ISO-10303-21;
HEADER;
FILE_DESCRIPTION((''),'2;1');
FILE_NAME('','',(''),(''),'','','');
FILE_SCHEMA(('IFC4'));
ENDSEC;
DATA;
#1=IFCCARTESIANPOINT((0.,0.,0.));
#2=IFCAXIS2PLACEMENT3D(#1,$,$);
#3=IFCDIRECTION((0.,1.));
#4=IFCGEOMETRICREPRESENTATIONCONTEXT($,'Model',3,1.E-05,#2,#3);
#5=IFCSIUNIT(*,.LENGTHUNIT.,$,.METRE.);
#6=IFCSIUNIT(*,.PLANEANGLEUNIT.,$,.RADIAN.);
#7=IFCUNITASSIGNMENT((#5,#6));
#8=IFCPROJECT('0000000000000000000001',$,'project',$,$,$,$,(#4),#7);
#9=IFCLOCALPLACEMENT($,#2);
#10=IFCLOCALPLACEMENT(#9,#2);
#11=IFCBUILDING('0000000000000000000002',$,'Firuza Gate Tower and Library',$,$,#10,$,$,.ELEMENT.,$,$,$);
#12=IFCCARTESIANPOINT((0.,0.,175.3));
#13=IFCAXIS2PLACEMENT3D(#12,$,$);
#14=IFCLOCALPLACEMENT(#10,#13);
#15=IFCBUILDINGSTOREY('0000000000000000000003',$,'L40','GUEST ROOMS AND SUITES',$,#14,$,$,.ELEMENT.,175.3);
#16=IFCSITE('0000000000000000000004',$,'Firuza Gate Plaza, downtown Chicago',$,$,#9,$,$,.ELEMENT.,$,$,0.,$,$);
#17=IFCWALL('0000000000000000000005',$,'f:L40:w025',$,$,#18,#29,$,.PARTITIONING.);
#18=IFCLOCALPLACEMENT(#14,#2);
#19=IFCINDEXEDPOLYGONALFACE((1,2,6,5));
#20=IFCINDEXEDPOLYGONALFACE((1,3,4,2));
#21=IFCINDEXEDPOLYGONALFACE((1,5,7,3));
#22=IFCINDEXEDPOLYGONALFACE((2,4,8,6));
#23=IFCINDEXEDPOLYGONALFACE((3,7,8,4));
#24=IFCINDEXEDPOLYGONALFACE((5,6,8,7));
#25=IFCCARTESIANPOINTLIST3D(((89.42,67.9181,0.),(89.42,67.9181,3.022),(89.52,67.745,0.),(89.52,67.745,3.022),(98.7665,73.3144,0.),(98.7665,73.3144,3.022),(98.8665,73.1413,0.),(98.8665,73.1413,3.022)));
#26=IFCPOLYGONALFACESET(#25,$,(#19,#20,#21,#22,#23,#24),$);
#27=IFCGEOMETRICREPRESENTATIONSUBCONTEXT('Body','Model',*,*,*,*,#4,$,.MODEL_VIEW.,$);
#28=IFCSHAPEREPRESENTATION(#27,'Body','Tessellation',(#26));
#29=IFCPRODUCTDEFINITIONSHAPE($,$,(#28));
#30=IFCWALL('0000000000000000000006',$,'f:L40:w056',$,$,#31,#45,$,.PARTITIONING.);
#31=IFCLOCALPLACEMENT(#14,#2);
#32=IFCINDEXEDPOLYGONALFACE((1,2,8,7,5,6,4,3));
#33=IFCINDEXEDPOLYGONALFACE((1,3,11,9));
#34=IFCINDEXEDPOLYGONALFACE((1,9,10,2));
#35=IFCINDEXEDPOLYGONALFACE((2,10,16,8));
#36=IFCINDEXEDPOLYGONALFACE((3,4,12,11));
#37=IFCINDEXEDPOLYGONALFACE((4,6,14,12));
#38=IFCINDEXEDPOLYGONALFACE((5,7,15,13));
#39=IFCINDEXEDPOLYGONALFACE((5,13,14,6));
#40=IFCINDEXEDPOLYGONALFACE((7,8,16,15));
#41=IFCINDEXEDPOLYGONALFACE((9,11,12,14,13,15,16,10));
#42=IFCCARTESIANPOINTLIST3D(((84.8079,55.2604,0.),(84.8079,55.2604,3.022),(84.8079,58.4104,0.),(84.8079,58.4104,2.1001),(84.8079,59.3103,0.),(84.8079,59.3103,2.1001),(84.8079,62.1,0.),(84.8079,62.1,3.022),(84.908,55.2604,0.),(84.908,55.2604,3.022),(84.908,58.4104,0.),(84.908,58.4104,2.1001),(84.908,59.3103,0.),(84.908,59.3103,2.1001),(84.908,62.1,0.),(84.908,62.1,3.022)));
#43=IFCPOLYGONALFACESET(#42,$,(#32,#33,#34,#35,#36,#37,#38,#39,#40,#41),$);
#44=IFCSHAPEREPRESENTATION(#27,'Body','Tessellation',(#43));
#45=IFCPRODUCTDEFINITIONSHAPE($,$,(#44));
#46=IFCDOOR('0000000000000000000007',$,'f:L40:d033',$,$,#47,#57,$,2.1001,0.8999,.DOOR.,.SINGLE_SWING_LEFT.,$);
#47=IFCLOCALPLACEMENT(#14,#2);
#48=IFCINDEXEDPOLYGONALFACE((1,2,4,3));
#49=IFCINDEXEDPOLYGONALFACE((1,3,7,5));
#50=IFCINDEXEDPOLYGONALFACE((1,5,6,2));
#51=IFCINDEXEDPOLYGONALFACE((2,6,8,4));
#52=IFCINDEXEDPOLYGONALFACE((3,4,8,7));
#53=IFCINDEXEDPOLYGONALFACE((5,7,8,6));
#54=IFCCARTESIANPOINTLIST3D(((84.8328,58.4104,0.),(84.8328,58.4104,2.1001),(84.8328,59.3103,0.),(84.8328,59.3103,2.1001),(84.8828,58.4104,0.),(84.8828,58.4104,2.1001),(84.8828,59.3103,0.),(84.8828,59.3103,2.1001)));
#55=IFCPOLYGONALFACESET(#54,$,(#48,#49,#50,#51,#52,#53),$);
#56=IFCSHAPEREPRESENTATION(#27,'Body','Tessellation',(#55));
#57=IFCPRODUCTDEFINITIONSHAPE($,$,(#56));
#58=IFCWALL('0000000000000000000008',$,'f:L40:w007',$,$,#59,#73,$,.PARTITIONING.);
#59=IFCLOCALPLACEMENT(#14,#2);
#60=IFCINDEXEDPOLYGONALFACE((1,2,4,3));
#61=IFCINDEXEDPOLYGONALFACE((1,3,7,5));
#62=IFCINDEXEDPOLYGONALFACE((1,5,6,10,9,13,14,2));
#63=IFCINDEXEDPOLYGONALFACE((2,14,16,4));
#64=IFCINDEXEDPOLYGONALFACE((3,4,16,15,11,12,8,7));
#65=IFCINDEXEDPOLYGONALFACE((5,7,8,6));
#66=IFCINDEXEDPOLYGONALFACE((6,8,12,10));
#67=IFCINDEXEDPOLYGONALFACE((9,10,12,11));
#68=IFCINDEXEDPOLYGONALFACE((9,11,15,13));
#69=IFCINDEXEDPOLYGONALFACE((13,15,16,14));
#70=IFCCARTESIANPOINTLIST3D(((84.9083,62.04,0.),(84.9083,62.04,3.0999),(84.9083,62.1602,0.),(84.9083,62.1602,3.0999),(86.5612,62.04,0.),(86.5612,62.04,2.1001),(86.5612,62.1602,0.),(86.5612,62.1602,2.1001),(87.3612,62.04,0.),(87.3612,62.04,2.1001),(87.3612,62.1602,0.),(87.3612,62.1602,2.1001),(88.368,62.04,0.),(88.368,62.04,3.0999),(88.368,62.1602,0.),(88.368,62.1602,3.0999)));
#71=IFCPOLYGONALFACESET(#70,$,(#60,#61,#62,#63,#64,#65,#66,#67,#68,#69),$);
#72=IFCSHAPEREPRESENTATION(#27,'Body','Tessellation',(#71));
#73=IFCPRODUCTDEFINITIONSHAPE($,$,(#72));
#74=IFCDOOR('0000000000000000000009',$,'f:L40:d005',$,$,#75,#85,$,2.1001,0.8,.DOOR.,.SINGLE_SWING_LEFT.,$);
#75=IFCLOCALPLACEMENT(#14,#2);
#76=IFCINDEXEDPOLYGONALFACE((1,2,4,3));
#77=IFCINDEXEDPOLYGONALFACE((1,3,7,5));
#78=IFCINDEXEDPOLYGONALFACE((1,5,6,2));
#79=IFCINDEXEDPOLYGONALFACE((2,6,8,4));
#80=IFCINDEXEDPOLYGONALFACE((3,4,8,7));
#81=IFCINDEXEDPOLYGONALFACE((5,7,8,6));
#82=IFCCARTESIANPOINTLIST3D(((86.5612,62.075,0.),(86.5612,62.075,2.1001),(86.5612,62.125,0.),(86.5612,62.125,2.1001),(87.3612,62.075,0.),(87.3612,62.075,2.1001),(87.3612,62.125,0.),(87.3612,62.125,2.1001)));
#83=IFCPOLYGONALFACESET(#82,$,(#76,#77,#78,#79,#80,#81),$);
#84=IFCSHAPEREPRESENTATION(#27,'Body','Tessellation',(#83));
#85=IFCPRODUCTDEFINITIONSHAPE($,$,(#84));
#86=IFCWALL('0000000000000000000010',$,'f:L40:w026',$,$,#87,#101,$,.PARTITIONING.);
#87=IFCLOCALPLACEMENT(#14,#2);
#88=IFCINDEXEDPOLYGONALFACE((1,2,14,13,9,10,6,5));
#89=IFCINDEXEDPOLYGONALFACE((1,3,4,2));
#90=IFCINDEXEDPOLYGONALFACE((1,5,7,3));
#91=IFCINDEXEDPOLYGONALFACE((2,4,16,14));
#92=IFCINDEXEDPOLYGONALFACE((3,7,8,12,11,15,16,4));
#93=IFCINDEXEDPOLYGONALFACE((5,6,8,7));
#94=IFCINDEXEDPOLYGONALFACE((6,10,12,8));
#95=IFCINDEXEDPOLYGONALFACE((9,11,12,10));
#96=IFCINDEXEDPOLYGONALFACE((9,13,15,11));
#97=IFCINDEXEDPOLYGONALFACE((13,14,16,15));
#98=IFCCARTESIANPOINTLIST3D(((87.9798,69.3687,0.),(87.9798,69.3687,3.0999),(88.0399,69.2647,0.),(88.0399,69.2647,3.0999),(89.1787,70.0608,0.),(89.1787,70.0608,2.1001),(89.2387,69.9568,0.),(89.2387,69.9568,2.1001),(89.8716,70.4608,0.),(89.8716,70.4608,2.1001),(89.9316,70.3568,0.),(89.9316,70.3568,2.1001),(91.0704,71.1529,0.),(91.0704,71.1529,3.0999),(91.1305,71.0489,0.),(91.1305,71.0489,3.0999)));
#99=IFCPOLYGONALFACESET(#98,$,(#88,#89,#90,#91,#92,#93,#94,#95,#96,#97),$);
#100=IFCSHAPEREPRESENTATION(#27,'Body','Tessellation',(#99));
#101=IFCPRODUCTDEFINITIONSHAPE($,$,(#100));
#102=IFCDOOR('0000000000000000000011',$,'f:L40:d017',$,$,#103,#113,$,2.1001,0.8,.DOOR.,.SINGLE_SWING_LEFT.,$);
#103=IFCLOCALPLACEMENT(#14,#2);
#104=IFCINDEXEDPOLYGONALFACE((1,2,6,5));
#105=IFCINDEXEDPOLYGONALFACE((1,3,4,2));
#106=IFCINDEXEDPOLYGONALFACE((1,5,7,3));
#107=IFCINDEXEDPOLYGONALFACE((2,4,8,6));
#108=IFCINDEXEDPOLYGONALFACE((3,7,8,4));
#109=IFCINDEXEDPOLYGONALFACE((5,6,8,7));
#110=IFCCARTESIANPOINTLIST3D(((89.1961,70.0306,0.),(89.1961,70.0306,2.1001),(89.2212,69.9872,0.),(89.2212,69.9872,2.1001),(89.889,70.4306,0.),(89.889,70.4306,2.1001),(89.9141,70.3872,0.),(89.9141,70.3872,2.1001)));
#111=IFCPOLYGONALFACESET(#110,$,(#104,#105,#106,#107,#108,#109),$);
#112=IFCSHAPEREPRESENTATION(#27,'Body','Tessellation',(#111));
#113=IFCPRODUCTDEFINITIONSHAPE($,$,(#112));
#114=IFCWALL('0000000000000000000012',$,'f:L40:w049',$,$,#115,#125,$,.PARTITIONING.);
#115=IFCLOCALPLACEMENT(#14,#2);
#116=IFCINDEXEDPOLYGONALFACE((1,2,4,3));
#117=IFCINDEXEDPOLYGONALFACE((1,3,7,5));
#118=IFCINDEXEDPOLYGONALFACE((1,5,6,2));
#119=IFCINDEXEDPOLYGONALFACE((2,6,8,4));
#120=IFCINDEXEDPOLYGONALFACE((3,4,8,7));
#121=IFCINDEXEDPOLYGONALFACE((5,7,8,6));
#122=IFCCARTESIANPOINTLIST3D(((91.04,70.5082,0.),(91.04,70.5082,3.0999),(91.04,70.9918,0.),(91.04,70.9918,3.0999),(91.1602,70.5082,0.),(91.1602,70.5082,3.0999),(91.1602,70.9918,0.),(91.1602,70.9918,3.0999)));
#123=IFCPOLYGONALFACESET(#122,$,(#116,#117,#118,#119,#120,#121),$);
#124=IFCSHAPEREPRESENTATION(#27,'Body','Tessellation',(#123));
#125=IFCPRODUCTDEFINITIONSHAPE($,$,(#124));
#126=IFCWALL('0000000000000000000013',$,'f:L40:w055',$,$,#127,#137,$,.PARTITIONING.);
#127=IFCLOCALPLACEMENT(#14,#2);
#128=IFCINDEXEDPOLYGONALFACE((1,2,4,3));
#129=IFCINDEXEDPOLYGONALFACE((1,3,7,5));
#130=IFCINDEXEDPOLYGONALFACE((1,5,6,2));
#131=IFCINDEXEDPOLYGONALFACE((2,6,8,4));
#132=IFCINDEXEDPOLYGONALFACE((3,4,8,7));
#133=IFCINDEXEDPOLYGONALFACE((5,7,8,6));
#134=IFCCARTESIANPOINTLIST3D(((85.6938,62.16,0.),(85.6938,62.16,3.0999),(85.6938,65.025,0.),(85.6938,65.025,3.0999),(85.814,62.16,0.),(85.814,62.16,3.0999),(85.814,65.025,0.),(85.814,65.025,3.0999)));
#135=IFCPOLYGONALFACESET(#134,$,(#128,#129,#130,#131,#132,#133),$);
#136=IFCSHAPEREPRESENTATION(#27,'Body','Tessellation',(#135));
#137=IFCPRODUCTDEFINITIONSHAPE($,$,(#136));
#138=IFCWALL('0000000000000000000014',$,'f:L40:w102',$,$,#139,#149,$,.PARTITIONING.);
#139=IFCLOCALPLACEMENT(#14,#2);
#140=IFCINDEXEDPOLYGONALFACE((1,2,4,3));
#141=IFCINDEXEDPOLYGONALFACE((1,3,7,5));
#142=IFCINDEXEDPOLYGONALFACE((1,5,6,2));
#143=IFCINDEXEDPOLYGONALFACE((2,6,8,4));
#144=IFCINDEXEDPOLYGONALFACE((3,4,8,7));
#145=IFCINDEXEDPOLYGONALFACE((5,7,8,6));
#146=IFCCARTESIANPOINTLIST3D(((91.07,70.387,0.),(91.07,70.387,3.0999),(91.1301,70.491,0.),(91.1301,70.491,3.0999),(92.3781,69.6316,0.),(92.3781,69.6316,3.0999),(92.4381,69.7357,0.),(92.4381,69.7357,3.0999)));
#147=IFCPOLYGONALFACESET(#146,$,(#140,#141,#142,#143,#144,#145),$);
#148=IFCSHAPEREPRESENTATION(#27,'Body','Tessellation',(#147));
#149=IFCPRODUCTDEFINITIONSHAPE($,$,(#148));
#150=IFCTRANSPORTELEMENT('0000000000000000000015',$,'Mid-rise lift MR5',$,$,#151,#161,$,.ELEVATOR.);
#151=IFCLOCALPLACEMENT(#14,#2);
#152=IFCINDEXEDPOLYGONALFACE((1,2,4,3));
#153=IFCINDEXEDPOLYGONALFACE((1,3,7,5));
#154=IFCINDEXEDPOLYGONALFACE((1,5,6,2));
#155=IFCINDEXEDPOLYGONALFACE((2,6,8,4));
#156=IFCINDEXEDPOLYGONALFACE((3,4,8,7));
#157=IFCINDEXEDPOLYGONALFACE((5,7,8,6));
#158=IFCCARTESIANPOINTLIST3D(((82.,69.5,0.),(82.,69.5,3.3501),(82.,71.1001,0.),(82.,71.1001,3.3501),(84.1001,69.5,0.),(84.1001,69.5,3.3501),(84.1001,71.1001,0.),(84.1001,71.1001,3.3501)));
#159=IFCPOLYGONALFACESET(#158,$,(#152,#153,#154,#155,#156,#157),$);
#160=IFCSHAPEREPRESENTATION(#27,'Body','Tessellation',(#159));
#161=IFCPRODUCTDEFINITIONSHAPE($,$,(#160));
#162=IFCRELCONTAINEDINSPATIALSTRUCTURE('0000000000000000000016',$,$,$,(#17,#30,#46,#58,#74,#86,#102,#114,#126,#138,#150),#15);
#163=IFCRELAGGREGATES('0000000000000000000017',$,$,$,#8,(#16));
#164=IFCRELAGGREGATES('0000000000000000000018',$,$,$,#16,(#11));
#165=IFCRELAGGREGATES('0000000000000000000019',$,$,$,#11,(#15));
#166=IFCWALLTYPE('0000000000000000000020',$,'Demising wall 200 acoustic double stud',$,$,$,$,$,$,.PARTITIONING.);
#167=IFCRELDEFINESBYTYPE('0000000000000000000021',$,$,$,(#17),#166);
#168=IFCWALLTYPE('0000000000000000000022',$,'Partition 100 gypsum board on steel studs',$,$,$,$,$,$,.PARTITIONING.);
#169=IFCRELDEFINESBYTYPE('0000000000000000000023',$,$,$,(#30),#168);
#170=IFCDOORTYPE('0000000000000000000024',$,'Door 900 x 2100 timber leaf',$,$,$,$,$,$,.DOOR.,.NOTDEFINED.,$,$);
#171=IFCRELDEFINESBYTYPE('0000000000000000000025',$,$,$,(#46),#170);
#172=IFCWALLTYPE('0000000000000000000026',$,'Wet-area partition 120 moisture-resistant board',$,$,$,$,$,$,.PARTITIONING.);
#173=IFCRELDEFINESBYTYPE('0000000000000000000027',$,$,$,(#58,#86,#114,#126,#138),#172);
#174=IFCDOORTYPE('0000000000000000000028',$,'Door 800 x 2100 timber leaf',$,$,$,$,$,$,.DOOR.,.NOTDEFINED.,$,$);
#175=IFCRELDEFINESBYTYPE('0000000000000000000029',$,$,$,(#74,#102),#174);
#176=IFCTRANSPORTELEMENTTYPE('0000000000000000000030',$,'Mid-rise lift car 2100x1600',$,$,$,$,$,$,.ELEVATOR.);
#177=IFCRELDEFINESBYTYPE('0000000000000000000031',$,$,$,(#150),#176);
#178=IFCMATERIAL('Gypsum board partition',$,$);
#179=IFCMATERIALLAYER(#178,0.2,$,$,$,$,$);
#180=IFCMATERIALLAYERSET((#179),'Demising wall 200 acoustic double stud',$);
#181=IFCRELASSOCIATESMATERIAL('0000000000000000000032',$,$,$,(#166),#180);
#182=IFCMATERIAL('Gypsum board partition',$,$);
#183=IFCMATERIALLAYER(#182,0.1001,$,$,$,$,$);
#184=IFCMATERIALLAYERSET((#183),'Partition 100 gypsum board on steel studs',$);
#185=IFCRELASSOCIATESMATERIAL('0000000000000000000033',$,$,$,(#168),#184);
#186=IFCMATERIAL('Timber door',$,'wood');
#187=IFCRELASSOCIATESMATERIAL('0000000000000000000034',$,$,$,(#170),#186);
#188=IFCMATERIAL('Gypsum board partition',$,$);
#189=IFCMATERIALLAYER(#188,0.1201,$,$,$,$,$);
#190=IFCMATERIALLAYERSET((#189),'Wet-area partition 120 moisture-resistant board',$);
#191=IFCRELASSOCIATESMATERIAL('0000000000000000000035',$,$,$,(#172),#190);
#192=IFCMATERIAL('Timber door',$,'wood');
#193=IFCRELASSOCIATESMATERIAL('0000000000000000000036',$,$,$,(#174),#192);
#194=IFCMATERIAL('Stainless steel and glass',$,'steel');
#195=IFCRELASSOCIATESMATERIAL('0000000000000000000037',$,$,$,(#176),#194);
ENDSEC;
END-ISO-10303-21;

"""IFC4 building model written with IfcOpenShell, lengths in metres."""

from ifc_helpers import new_model, si_unit, direction, frame, frame_2d, origin, origin_2d, place, context, subcontext, project, spatial, rectangle, extrude, material, layer, layer_set, type_object, element, fill, save


model = new_model("IFC4")

# Units and contexts
model_context = context("Model", 3, precision=1e-05, world=origin(), true_north=direction((0.0, 1.0)))
body_context = subcontext(model_context, "Body", "Model", "MODEL_VIEW")
ifc_project = project(units=[si_unit("LENGTHUNIT", "METRE"), si_unit("PLANEANGLEUNIT", "RADIAN")], contexts=[model_context])

# Site, building, storey
site_placement = place(None, origin())
site = spatial("IfcSite", under=ifc_project, at=site_placement, Name="Firuza Gate Plaza, downtown Chicago", CompositionType="ELEMENT", RefElevation=0.0)
building_placement = place(site_placement, origin())
building = spatial("IfcBuilding", under=site, at=building_placement, Name="Firuza Gate Tower and Library", CompositionType="ELEMENT")
storey_placement = place(building_placement, frame((0.0, 0.0, 175.3)))
storey = spatial("IfcBuildingStorey", under=building, at=storey_placement, Name="L40", Description="GUEST ROOMS AND SUITES", CompositionType="ELEMENT", Elevation=175.3)

# Wall
ifc_material_1 = material(Name="Gypsum board partition")
ifc_layer_1 = layer(ifc_material_1, 0.2)
ifc_layer_set_1 = layer_set([ifc_layer_1], Name="Demising wall 200 acoustic double stud")
wall_type_1 = type_object("IfcWallType", Name="Demising wall 200 acoustic double stud", PredefinedType="PARTITIONING", material=ifc_layer_set_1)
wall_1_placement = place(storey_placement, frame((89.47, 67.8315, 0.0), z_axis=(0.0, 0.0, 1.0), x_axis=(0.866022, 0.500005, 0.0)))
element("IfcWall", 1, at=wall_1_placement, inside=storey, type_object=wall_type_1, Name="f:L40:w025", PredefinedType="PARTITIONING", context=body_context, shape_type="SweptSolid", body=[
    extrude(rectangle(XDim=10.7925, YDim=0.2, at=frame_2d((5.3962, 0.0))), origin(), (0.0, 0.0, 1.0), 3.022),
])

# Walls, openings, doors
ifc_material_2 = material(Name="Gypsum board partition")
ifc_layer_2 = layer(ifc_material_2, 0.1001)
ifc_layer_set_2 = layer_set([ifc_layer_2], Name="Partition 100 gypsum board on steel studs")
wall_type_2 = type_object("IfcWallType", Name="Partition 100 gypsum board on steel studs", PredefinedType="PARTITIONING", material=ifc_layer_set_2)
wall_2_placement = place(storey_placement, frame((84.8579, 62.1001, 0.0), z_axis=(0.0, 0.0, 1.0), x_axis=(0.0, -1.0, 0.0)))
wall_2 = element("IfcWall", 2, at=wall_2_placement, inside=storey, type_object=wall_type_2, Name="f:L40:w056", PredefinedType="PARTITIONING", context=body_context, shape_type="SweptSolid", body=[
    extrude(rectangle(XDim=6.8396, YDim=0.1001, at=frame_2d((3.4199, 0.0))), origin(), (0.0, 0.0, 1.0), 3.022),
])
opening_1_placement = place(wall_2_placement, frame((2.7898, 0.0, 0.0)))
opening_1 = element("IfcOpeningElement", 3, at=opening_1_placement, cuts=wall_2, PredefinedType="OPENING", context=body_context, shape_type="SweptSolid", body=[
    extrude(rectangle(XDim=0.8999, YDim=2.1001, at=frame_2d((0.45, 1.05))), frame((0.0, 0.0601, 0.0), z_axis=(0.0, -1.0, 0.0), x_axis=(1.0, 0.0, 0.0)), (0.0, 0.0, 1.0), 0.1201),
])
ifc_material_3 = material(Name="Timber door", Category="wood")
door_type_1 = type_object("IfcDoorType", Name="Door 900 x 2100 timber leaf", OperationType="NOTDEFINED", PredefinedType="DOOR", material=ifc_material_3)
door_1_placement = place(opening_1_placement, origin())
door_1 = element("IfcDoor", 4, at=door_1_placement, inside=storey, type_object=door_type_1, Name="f:L40:d033", OperationType="SINGLE_SWING_LEFT", OverallHeight=2.1001, OverallWidth=0.8999, PredefinedType="DOOR", context=body_context, shape_type="SweptSolid", body=[
    extrude(rectangle(XDim=0.8999, YDim=2.1001, at=frame_2d((0.45, 1.05))), frame((0.0, 0.0249, 0.0), z_axis=(0.0, -1.0, 0.0), x_axis=(1.0, 0.0, 0.0)), (0.0, 0.0, 1.0), 0.05),
])
fill(opening_1, door_1)
ifc_material_4 = material(Name="Gypsum board partition")
ifc_layer_3 = layer(ifc_material_4, 0.1201)
ifc_layer_set_3 = layer_set([ifc_layer_3], Name="Wet-area partition 120 moisture-resistant board")
wall_type_3 = type_object("IfcWallType", Name="Wet-area partition 120 moisture-resistant board", PredefinedType="PARTITIONING", material=ifc_layer_set_3)
wall_3_placement = place(storey_placement, frame((84.9082, 62.1001, 0.0), z_axis=(0.0, 0.0, 1.0), x_axis=(1.0, 0.0, 0.0)))
wall_3 = element("IfcWall", 5, at=wall_3_placement, inside=storey, type_object=wall_type_3, Name="f:L40:w007", PredefinedType="PARTITIONING", context=body_context, shape_type="SweptSolid", body=[
    extrude(rectangle(XDim=3.4597, YDim=0.1201, at=frame_2d((1.73, 0.0))), origin(), (0.0, 0.0, 1.0), 3.0999),
])
opening_2_placement = place(wall_3_placement, frame((1.6531, 0.0, 0.0)))
opening_2 = element("IfcOpeningElement", 6, at=opening_2_placement, cuts=wall_3, PredefinedType="OPENING", context=body_context, shape_type="SweptSolid", body=[
    extrude(rectangle(XDim=0.8, YDim=2.1001, at=frame_2d((0.3999, 1.05))), frame((0.0, 0.0701, 0.0), z_axis=(0.0, -1.0, 0.0), x_axis=(1.0, 0.0, 0.0)), (0.0, 0.0, 1.0), 0.1401),
])
ifc_material_5 = material(Name="Timber door", Category="wood")
door_type_2 = type_object("IfcDoorType", Name="Door 800 x 2100 timber leaf", OperationType="NOTDEFINED", PredefinedType="DOOR", material=ifc_material_5)
door_2_placement = place(opening_2_placement, origin())
door_2 = element("IfcDoor", 7, at=door_2_placement, inside=storey, type_object=door_type_2, Name="f:L40:d005", OperationType="SINGLE_SWING_LEFT", OverallHeight=2.1001, OverallWidth=0.8, PredefinedType="DOOR", context=body_context, shape_type="SweptSolid", body=[
    extrude(rectangle(XDim=0.8, YDim=2.1001, at=frame_2d((0.3999, 1.05))), frame((0.0, 0.0249, 0.0), z_axis=(0.0, -1.0, 0.0), x_axis=(1.0, 0.0, 0.0)), (0.0, 0.0, 1.0), 0.05),
])
fill(opening_2, door_2)
wall_4_placement = place(storey_placement, frame((91.1003, 71.1008, 0.0), z_axis=(0.0, 0.0, 1.0), x_axis=(-0.866045, -0.499965, 0.0)))
wall_4 = element("IfcWall", 8, at=wall_4_placement, inside=storey, type_object=wall_type_3, Name="f:L40:w026", PredefinedType="PARTITIONING", context=body_context, shape_type="SweptSolid", body=[
    extrude(rectangle(XDim=3.5686, YDim=0.1201, at=frame_2d((1.7842, 0.0))), origin(), (0.0, 0.0, 1.0), 3.0999),
])
opening_3_placement = place(wall_4_placement, frame((1.3843, 0.0, 0.0)))
opening_3 = element("IfcOpeningElement", 9, at=opening_3_placement, cuts=wall_4, PredefinedType="OPENING", context=body_context, shape_type="SweptSolid", body=[
    extrude(rectangle(XDim=0.8, YDim=2.1001, at=frame_2d((0.3999, 1.05))), frame((0.0, 0.0701, 0.0), z_axis=(0.0, -1.0, 0.0), x_axis=(1.0, 0.0, 0.0)), (0.0, 0.0, 1.0), 0.1401),
])
door_3_placement = place(opening_3_placement, origin())
door_3 = element("IfcDoor", 10, at=door_3_placement, inside=storey, type_object=door_type_2, Name="f:L40:d017", OperationType="SINGLE_SWING_LEFT", OverallHeight=2.1001, OverallWidth=0.8, PredefinedType="DOOR", context=body_context, shape_type="SweptSolid", body=[
    extrude(rectangle(XDim=0.8, YDim=2.1001, at=frame_2d((0.3999, 1.05))), frame((0.0, 0.0249, 0.0), z_axis=(0.0, -1.0, 0.0), x_axis=(1.0, 0.0, 0.0)), (0.0, 0.0, 1.0), 0.05),
])
fill(opening_3, door_3)

# Walls
wall_5_placement = place(storey_placement, frame((91.1001, 70.5083, 0.0), z_axis=(0.0, 0.0, 1.0), x_axis=(0.0, 1.0, 0.0)))
element("IfcWall", 11, at=wall_5_placement, inside=storey, type_object=wall_type_3, Name="f:L40:w049", PredefinedType="PARTITIONING", context=body_context, shape_type="SweptSolid", body=[
    extrude(rectangle(XDim=0.4836, YDim=0.1201, at=frame_2d((0.2417, 0.0))), origin(), (0.0, 0.0, 1.0), 3.0999),
])
wall_6_placement = place(storey_placement, frame((85.7539, 62.1599, 0.0), z_axis=(0.0, 0.0, 1.0), x_axis=(0.0, 1.0, 0.0)))
element("IfcWall", 12, at=wall_6_placement, inside=storey, type_object=wall_type_3, Name="f:L40:w055", PredefinedType="PARTITIONING", context=body_context, shape_type="SweptSolid", body=[
    extrude(rectangle(XDim=2.865, YDim=0.1201, at=frame_2d((1.4326, 0.0))), origin(), (0.0, 0.0, 1.0), 3.0999),
])
wall_7_placement = place(storey_placement, frame((92.4082, 69.6836, 0.0), z_axis=(0.0, 0.0, 1.0), x_axis=(-0.865986, 0.500068, 0.0)))
element("IfcWall", 13, at=wall_7_placement, inside=storey, type_object=wall_type_3, Name="f:L40:w102", PredefinedType="PARTITIONING", context=body_context, shape_type="SweptSolid", body=[
    extrude(rectangle(XDim=1.5105, YDim=0.1201, at=frame_2d((0.7554, 0.0))), origin(), (0.0, 0.0, 1.0), 3.0999),
])

# Transport element
ifc_material_6 = material(Name="Stainless steel and glass", Category="steel")
transport_element_type = type_object("IfcTransportElementType", Name="Mid-rise lift car 2100x1600", PredefinedType="ELEVATOR", material=ifc_material_6)
transport_element_placement = place(storey_placement, frame((83.05, 70.3, 0.0), z_axis=(0.0, 0.0, 1.0), x_axis=(1.0, 0.0, 0.0)))
element("IfcTransportElement", 14, at=transport_element_placement, inside=storey, type_object=transport_element_type, Name="Mid-rise lift MR5", PredefinedType="ELEVATOR", context=body_context, shape_type="SweptSolid", body=[
    extrude(rectangle(XDim=2.1001, YDim=1.6001, at=origin_2d()), origin(), (0.0, 0.0, 1.0), 3.3501),
])

save(model, "model.ifc")
